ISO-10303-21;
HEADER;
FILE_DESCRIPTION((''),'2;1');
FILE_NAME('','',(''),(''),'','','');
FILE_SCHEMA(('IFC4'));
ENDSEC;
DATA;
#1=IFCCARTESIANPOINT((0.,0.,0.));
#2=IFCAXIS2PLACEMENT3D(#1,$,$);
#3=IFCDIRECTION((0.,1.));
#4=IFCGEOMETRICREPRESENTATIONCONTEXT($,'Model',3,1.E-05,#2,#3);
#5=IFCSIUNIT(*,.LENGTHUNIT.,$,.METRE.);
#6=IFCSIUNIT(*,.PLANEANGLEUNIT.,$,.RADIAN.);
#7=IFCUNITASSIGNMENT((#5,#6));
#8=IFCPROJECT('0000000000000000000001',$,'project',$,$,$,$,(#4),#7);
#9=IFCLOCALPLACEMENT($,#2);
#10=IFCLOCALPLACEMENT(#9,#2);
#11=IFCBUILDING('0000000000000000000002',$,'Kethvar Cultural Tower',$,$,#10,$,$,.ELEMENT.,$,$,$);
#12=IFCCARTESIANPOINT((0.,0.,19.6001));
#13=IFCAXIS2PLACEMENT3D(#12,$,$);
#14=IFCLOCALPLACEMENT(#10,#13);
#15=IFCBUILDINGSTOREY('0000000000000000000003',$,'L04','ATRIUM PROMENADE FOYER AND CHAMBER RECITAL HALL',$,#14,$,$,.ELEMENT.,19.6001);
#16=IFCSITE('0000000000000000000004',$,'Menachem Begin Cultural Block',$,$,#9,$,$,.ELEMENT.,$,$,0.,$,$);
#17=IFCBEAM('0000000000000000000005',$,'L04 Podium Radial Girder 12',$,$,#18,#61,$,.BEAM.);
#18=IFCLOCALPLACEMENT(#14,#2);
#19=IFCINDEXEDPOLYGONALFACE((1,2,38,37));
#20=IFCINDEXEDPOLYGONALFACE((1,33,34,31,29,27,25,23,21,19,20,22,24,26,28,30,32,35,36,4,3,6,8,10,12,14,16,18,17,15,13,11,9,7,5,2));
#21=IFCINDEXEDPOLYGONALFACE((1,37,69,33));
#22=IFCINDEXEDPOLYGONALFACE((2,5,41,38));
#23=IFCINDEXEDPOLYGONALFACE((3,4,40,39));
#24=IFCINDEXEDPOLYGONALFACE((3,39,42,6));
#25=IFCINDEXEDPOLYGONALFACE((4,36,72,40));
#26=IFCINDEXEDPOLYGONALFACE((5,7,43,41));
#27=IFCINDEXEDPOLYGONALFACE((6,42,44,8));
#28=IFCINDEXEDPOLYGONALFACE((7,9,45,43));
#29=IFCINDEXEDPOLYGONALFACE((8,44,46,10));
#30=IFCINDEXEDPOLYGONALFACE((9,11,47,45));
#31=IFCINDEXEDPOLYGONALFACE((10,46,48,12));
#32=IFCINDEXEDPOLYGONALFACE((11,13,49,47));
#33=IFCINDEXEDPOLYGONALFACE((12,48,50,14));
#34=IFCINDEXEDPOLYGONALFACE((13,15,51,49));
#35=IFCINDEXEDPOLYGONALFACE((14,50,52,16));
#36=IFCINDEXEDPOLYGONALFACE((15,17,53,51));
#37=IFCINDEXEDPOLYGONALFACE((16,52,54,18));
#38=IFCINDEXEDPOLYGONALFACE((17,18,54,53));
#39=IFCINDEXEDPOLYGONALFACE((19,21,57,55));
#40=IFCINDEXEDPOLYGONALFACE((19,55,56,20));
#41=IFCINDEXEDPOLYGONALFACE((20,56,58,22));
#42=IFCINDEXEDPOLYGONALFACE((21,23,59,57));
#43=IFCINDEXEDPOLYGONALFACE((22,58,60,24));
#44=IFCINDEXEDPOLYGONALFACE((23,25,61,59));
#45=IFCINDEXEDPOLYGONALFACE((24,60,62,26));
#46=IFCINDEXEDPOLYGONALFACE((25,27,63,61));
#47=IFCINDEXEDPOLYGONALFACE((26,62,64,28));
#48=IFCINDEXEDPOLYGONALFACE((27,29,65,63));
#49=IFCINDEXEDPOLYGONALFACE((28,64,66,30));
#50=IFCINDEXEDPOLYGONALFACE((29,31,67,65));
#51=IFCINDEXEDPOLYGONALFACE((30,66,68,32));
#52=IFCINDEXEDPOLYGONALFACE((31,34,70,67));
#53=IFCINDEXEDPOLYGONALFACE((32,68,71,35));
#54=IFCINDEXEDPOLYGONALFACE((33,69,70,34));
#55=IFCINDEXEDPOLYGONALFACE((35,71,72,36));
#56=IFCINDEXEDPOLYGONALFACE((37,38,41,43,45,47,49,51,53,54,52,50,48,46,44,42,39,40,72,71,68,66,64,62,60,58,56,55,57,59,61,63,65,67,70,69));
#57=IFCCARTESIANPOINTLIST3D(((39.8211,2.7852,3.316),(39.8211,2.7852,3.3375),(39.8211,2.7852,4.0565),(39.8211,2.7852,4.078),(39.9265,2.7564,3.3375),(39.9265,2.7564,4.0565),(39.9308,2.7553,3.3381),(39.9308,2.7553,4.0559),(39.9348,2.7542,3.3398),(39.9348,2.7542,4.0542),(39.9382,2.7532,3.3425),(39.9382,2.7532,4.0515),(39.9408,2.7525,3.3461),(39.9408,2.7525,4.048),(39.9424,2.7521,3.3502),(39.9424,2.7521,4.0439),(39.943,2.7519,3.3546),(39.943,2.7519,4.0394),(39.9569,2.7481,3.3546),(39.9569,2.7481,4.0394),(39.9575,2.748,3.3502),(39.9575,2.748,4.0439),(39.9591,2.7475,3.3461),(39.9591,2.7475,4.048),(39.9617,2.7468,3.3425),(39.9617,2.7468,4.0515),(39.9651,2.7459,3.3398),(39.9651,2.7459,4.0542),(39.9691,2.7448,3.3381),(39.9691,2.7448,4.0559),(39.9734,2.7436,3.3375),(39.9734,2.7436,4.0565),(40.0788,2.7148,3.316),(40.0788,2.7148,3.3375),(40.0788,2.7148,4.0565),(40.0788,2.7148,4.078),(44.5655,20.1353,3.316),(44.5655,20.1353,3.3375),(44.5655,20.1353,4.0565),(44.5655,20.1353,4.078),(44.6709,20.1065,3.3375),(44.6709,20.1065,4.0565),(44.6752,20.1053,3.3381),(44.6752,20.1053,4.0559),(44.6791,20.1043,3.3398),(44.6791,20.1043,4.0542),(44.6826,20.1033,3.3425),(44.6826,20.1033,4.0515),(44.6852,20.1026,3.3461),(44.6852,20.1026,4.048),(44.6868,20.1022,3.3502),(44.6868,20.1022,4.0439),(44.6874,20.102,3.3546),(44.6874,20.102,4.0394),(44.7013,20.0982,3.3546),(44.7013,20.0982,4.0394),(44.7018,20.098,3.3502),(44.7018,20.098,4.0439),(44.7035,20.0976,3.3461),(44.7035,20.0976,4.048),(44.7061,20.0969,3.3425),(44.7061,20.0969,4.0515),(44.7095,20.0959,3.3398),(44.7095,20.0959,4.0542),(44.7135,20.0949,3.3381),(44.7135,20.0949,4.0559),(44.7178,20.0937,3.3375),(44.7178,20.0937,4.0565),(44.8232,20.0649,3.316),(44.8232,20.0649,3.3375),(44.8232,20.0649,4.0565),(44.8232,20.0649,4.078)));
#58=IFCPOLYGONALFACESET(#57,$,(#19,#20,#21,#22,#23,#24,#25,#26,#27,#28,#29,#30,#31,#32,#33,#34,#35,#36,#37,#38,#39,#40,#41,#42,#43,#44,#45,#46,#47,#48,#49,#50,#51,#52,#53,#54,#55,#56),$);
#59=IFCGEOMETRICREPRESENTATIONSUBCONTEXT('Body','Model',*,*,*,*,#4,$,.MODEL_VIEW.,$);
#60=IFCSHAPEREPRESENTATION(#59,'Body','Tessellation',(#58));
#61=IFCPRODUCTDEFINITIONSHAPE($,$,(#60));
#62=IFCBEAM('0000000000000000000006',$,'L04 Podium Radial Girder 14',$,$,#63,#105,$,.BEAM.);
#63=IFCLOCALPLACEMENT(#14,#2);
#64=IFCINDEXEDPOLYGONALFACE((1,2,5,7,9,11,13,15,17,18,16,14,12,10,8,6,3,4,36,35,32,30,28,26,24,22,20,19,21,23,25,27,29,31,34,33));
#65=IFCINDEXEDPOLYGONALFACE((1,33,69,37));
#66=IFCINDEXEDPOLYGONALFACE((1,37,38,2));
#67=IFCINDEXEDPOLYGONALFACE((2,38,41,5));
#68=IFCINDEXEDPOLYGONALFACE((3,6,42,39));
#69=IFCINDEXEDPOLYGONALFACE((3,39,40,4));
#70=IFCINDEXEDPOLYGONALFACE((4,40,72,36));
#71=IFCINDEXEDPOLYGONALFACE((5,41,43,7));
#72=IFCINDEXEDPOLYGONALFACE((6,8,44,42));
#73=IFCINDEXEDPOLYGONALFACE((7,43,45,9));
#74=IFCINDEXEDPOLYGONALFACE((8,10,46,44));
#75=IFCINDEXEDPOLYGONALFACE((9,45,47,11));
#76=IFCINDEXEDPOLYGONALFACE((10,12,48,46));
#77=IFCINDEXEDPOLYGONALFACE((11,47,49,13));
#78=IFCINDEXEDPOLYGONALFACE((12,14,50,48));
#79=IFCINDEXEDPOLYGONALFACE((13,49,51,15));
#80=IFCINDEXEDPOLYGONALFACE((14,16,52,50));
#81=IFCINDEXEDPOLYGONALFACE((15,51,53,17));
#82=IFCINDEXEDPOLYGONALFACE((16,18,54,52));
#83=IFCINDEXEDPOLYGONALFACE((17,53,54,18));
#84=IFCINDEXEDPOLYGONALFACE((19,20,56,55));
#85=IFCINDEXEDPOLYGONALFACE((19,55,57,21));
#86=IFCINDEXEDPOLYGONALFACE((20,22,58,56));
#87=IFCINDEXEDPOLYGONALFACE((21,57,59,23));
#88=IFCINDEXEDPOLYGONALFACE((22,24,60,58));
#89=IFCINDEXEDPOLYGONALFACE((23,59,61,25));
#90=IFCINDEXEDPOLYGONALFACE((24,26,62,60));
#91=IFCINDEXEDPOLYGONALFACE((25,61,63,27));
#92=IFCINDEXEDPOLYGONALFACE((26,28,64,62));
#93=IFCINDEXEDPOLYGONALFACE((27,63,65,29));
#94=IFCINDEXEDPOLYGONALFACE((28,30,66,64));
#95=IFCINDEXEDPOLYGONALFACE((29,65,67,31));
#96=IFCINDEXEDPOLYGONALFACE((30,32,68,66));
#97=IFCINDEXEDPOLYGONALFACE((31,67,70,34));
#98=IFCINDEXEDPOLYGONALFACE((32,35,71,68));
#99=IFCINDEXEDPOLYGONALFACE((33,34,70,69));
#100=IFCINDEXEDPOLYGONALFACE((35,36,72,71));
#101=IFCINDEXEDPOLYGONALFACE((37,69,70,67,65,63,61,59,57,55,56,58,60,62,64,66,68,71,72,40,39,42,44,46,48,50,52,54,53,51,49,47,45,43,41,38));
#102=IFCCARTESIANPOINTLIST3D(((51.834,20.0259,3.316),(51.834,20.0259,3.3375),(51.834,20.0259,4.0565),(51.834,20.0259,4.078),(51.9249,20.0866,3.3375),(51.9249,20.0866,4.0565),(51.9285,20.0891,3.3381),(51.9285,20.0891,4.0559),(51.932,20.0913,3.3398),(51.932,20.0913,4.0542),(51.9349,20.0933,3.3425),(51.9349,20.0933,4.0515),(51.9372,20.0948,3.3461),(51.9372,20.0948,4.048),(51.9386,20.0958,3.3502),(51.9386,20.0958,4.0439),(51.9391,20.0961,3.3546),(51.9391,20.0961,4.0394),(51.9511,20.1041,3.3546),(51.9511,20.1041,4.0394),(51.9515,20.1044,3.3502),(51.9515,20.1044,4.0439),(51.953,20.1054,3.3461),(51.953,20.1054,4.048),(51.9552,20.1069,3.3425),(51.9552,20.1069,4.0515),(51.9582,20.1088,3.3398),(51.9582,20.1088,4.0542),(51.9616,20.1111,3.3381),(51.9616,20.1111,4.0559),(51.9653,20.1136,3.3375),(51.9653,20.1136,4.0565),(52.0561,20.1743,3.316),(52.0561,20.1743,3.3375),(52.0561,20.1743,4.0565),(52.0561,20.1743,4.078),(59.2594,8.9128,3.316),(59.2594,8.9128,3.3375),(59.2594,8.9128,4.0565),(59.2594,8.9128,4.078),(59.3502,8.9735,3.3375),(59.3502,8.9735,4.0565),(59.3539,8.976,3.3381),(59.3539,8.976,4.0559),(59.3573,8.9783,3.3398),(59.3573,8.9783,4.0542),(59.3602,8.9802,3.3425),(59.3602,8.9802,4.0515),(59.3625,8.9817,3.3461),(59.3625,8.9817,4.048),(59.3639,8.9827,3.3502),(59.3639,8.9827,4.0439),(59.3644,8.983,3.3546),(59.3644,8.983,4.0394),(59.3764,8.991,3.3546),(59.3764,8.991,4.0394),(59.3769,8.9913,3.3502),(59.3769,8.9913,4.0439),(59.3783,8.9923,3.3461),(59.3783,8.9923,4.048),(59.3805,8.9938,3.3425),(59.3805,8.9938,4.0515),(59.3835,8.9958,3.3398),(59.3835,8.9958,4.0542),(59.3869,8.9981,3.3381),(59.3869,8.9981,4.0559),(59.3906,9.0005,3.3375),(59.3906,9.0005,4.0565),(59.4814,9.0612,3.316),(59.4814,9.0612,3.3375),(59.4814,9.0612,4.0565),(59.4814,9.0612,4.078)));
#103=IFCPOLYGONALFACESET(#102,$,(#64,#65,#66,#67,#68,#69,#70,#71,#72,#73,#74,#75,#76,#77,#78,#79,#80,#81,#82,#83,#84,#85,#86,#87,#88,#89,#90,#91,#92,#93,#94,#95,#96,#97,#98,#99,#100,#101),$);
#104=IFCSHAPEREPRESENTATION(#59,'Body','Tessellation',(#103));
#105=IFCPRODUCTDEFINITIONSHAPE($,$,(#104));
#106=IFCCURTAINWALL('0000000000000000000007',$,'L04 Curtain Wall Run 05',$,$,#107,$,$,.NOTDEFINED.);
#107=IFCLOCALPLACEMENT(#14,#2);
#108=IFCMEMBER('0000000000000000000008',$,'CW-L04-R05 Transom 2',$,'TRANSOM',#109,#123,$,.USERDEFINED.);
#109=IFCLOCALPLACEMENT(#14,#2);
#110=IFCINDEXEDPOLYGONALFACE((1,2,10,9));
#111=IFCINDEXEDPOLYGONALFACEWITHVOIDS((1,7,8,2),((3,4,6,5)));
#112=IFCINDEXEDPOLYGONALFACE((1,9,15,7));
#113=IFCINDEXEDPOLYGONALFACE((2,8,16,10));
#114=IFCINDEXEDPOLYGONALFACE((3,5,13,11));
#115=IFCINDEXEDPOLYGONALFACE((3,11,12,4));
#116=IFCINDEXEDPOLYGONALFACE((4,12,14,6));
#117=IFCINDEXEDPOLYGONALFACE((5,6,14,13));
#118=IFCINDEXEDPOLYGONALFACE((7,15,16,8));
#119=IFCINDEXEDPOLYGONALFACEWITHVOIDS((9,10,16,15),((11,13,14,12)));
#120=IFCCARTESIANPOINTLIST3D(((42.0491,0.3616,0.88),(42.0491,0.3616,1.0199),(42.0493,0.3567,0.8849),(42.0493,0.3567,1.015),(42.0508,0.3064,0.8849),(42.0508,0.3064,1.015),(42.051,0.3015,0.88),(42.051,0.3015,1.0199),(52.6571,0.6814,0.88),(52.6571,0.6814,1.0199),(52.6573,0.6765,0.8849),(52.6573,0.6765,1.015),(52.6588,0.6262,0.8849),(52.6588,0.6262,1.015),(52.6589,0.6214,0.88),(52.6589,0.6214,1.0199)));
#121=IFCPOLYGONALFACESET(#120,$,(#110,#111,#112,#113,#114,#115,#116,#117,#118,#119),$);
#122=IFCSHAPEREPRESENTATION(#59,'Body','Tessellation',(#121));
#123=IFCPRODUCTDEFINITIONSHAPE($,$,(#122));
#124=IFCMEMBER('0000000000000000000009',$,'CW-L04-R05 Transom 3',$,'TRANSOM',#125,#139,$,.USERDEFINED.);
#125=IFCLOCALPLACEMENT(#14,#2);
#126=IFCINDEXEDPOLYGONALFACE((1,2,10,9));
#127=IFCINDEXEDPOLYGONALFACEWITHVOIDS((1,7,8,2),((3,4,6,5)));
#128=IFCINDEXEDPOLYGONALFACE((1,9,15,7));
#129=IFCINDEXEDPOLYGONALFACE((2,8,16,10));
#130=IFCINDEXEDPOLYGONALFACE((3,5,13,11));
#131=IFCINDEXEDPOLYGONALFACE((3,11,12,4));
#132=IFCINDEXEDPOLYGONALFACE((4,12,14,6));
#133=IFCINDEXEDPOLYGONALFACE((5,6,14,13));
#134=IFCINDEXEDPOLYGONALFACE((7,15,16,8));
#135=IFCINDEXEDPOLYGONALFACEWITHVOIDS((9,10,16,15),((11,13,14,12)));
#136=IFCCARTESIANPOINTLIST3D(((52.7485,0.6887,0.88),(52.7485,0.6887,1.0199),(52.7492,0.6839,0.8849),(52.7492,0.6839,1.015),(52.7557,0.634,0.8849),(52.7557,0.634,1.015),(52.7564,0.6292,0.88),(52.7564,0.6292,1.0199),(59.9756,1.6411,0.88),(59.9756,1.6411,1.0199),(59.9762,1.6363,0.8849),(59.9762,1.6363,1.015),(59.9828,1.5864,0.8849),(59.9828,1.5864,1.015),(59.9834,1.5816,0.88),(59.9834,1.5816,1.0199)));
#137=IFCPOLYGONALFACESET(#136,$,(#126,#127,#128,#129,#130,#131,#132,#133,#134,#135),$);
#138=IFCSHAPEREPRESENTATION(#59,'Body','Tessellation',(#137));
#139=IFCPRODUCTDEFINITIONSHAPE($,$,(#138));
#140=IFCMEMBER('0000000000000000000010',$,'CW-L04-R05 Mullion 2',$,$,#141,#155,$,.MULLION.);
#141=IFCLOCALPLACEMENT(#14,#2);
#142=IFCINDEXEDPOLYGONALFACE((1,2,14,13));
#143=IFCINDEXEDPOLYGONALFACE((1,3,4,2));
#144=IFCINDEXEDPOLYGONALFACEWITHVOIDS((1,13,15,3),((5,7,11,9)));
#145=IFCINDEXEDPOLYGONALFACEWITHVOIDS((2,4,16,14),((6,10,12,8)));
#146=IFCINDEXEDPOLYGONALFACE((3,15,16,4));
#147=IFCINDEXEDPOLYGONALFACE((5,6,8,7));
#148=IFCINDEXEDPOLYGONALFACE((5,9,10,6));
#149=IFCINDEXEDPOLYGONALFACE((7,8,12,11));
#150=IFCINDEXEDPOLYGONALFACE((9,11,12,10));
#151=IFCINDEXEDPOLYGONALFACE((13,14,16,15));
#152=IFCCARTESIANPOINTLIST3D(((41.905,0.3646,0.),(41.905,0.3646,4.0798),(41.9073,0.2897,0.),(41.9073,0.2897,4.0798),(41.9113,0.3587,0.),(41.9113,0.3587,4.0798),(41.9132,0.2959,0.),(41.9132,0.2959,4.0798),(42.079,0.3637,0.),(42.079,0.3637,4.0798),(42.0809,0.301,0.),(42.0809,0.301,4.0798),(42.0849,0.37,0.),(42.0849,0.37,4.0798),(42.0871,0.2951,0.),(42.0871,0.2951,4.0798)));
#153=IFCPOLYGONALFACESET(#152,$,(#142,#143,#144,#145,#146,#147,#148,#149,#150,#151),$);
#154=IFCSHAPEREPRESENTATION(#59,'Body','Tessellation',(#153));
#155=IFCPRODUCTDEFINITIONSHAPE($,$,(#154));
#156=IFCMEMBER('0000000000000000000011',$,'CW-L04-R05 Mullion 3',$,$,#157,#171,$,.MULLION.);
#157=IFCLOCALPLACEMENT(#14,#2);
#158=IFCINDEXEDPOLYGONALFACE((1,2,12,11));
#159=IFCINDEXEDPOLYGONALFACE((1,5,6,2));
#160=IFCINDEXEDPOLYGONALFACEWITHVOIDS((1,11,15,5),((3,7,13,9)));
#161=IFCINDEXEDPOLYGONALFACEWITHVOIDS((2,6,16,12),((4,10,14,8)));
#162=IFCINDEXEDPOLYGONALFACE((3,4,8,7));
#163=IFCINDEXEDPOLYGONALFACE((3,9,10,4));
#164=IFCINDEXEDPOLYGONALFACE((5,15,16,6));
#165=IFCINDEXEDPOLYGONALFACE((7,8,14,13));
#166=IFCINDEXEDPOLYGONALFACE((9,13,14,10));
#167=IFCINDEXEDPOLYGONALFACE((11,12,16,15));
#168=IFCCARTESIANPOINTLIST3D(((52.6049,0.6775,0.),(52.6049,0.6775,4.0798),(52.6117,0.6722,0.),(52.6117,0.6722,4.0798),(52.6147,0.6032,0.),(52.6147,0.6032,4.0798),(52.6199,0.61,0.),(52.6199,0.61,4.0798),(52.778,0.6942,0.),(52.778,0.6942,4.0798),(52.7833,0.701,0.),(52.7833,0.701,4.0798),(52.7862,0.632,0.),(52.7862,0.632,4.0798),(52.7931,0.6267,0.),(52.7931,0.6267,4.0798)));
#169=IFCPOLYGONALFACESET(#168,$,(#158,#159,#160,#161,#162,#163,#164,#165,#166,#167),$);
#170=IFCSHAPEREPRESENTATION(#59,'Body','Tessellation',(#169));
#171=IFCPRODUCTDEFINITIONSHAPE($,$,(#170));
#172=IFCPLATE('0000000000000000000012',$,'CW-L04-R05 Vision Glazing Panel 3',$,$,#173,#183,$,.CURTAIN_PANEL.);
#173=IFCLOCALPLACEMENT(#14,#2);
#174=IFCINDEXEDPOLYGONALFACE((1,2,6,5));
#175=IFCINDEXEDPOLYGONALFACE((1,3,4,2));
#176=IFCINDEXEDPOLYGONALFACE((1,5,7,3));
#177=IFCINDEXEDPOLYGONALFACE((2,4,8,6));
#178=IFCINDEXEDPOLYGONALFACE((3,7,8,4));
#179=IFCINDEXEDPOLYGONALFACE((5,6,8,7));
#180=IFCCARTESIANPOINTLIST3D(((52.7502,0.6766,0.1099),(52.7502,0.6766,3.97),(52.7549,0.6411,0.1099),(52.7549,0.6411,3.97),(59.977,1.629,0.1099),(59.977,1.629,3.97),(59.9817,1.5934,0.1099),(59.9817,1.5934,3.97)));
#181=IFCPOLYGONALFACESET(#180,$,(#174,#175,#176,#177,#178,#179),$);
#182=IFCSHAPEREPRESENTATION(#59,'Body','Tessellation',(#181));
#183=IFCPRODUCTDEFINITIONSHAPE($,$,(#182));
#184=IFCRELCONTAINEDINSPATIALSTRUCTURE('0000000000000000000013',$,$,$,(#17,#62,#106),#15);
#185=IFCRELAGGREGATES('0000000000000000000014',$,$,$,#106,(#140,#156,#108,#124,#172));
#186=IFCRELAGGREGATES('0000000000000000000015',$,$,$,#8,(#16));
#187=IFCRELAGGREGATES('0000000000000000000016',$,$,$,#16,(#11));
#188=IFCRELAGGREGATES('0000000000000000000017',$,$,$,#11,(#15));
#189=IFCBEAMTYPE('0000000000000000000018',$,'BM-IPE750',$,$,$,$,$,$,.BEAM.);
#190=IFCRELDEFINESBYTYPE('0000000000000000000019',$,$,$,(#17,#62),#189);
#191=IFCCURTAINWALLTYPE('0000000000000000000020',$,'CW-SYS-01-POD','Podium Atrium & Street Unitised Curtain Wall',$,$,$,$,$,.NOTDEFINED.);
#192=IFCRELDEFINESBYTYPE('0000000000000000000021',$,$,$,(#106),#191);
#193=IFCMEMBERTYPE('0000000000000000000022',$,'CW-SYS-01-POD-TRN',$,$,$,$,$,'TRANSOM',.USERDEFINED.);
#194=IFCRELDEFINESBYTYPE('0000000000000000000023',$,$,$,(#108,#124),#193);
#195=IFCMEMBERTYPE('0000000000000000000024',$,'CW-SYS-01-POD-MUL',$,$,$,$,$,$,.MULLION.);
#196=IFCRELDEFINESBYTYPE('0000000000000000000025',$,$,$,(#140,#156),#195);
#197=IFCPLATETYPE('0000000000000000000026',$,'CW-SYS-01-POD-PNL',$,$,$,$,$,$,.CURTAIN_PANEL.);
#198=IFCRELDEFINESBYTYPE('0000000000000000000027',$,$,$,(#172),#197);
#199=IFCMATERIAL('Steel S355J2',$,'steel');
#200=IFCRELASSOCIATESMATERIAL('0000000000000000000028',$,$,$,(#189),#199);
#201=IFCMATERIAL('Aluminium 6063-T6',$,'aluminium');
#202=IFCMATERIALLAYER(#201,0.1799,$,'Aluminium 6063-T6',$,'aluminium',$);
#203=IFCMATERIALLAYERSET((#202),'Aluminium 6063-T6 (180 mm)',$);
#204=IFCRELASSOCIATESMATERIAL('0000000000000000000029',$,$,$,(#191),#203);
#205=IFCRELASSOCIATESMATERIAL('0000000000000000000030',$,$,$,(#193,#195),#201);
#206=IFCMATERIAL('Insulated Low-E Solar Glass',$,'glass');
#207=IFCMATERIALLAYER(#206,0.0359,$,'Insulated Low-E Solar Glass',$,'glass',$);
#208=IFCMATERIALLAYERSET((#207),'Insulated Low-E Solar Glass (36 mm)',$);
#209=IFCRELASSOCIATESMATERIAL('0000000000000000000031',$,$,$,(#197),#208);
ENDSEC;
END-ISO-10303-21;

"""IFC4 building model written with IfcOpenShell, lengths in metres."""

from ifc_helpers import new_model, si_unit, direction, frame, origin, origin_2d, place, context, subcontext, project, spatial, rectangle, hollow_rectangle, i_section, extrude, source, transform, mapped, material, layer, layer_set, material_profile, profile_set, type_object, element, aggregate, save


model = new_model("IFC4")

# Units and contexts
model_context = context("Model", 3, precision=1e-05, world=origin(), true_north=direction((0.0, 1.0)))
body_context = subcontext(model_context, "Body", "Model", "MODEL_VIEW")
ifc_project = project(units=[si_unit("LENGTHUNIT", "METRE"), si_unit("PLANEANGLEUNIT", "RADIAN")], contexts=[model_context])

# Site, building, storey
site_placement = place(None, origin())
site = spatial("IfcSite", under=ifc_project, at=site_placement, Name="Menachem Begin Cultural Block", CompositionType="ELEMENT", RefElevation=0.0)
building_placement = place(site_placement, origin())
building = spatial("IfcBuilding", under=site, at=building_placement, Name="Kethvar Cultural Tower", CompositionType="ELEMENT")
storey_placement = place(building_placement, frame((0.0, 0.0, 19.6001)))
storey = spatial("IfcBuildingStorey", under=building, at=storey_placement, Name="L04", Description="ATRIUM PROMENADE FOYER AND CHAMBER RECITAL HALL", CompositionType="ELEMENT", Elevation=19.6001)

# Beams
ifc_material_1 = material(Name="Steel S355J2", Category="steel")
ifc_material_profile_1 = material_profile(ifc_material_1, i_section(OverallWidth=0.2671, OverallDepth=0.762, WebThickness=0.0144, FlangeThickness=0.0215, FilletRadius=0.0171, at=origin_2d()), Name="Steel S355J2 — IPE750x173")
ifc_profile_set_1 = profile_set([ifc_material_profile_1], Name="Steel S355J2 — IPE750x173")
beam_type_1 = type_object("IfcBeamType", Name="BM-IPE750", PredefinedType="BEAM", material=ifc_profile_set_1)
shared_shape_1 = source(origin(), body_context, "Body", "SweptSolid", [
    extrude(i_section(OverallWidth=0.2671, OverallDepth=0.762, WebThickness=0.0144, FlangeThickness=0.0215, FilletRadius=0.0171, at=origin_2d()), origin(), (0.0, 0.0, 1.0), 17.9871),
])
beam_1_placement = place(storey_placement, frame((44.6943, 20.1001, 3.697), z_axis=(-0.263766, -0.964587, 0.0), x_axis=(0.964587, -0.263766, 0.0)))
element("IfcBeam", 1, at=beam_1_placement, inside=storey, type_object=beam_type_1, Name="L04 Podium Radial Girder 12", PredefinedType="BEAM", context=body_context, shape_type="MappedRepresentation", body=[
    mapped(shared_shape_1, transform((0.0, 0.0, 0.0), scale=1.0)),
])
shared_shape_2 = source(origin(), body_context, "Body", "SweptSolid", [
    extrude(i_section(OverallWidth=0.2671, OverallDepth=0.762, WebThickness=0.0144, FlangeThickness=0.0215, FilletRadius=0.0171, at=origin_2d()), origin(), (0.0, 0.0, 1.0), 13.3655),
])
beam_2_placement = place(storey_placement, frame((51.9451, 20.1001, 3.697), z_axis=(0.55556, -0.831477, 0.0), x_axis=(0.831477, 0.55556, 0.0)))
element("IfcBeam", 2, at=beam_2_placement, inside=storey, type_object=beam_type_1, Name="L04 Podium Radial Girder 14", PredefinedType="BEAM", context=body_context, shape_type="MappedRepresentation", body=[
    mapped(shared_shape_2, transform((0.0, 0.0, 0.0), scale=1.0)),
])

# Curtain wall, members, plate
ifc_material_2 = material(Name="Aluminium 6063-T6", Category="aluminium")
ifc_layer_1 = layer(ifc_material_2, 0.1799, Name="Aluminium 6063-T6", Category="aluminium")
ifc_layer_set_1 = layer_set([ifc_layer_1], Name="Aluminium 6063-T6 (180 mm)")
curtain_wall_type = type_object("IfcCurtainWallType", Name="CW-SYS-01-POD", Description="Podium Atrium & Street Unitised Curtain Wall", PredefinedType="NOTDEFINED", material=ifc_layer_set_1)
curtain_wall_placement = place(storey_placement, origin())
curtain_wall = element("IfcCurtainWall", 3, at=curtain_wall_placement, inside=storey, type_object=curtain_wall_type, Name="L04 Curtain Wall Run 05", PredefinedType="NOTDEFINED")
ifc_material_profile_2 = material_profile(ifc_material_2, hollow_rectangle(XDim=0.0601, YDim=0.1399, WallThickness=0.0049, at=origin_2d()), Name="Aluminium 6063-T6 — RHS140x60x5")
ifc_profile_set_2 = profile_set([ifc_material_profile_2], Name="Aluminium 6063-T6 — RHS140x60x5")
member_type_1 = type_object("IfcMemberType", Name="CW-SYS-01-POD-TRN", ElementType="TRANSOM", PredefinedType="USERDEFINED", material=ifc_profile_set_2)
shared_shape_3 = source(origin(), body_context, "Body", "SweptSolid", [
    extrude(hollow_rectangle(XDim=0.0601, YDim=0.1399, WallThickness=0.0049, at=origin_2d()), origin(), (0.0, 0.0, 1.0), 10.6128),
])
member_1_placement = place(storey_placement, frame((42.05, 0.3315, 0.95), z_axis=(0.999546, 0.030136, 0.0), x_axis=(-0.030136, 0.999546, 0.0)))
member_1 = element("IfcMember", 4, at=member_1_placement, type_object=member_type_1, Name="CW-L04-R05 Transom 2", ObjectType="TRANSOM", PredefinedType="USERDEFINED", context=body_context, shape_type="MappedRepresentation", body=[
    mapped(shared_shape_3, transform((0.0, 0.0, 0.0), scale=1.0)),
])
shared_shape_4 = source(origin(), body_context, "Body", "SweptSolid", [
    extrude(hollow_rectangle(XDim=0.0601, YDim=0.1399, WallThickness=0.0049, at=origin_2d()), origin(), (0.0, 0.0, 1.0), 7.2896),
])
member_2_placement = place(storey_placement, frame((52.7524, 0.6589, 0.95), z_axis=(0.991428, 0.130652, 0.0), x_axis=(-0.130652, 0.991428, 0.0)))
member_2 = element("IfcMember", 5, at=member_2_placement, type_object=member_type_1, Name="CW-L04-R05 Transom 3", ObjectType="TRANSOM", PredefinedType="USERDEFINED", context=body_context, shape_type="MappedRepresentation", body=[
    mapped(shared_shape_4, transform((0.0, 0.0, 0.0), scale=1.0)),
])
ifc_material_profile_3 = material_profile(ifc_material_2, hollow_rectangle(XDim=0.075, YDim=0.1799, WallThickness=0.0061, at=origin_2d()), Name="Aluminium 6063-T6 — RHS180x75x6")
ifc_profile_set_3 = profile_set([ifc_material_profile_3], Name="Aluminium 6063-T6 — RHS180x75x6")
member_type_2 = type_object("IfcMemberType", Name="CW-SYS-01-POD-MUL", PredefinedType="MULLION", material=ifc_profile_set_3)
shared_shape_5 = source(origin(), body_context, "Body", "SweptSolid", [
    extrude(hollow_rectangle(XDim=0.075, YDim=0.1799, WallThickness=0.0061, at=origin_2d()), origin(), (0.0, 0.0, 1.0), 4.0798),
])
member_3_placement = place(storey_placement, frame((41.9961, 0.3298, 0.0), z_axis=(0.0, 0.0, 1.0), x_axis=(-0.030137, 0.999546, 0.0)))
member_3 = element("IfcMember", 6, at=member_3_placement, type_object=member_type_2, Name="CW-L04-R05 Mullion 2", PredefinedType="MULLION", context=body_context, shape_type="MappedRepresentation", body=[
    mapped(shared_shape_5, transform((0.0, 0.0, 0.0), scale=1.0)),
])
member_4_placement = place(storey_placement, frame((52.699, 0.6521, 0.0), z_axis=(0.0, 0.0, 1.0), x_axis=(-0.130647, 0.991429, 0.0)))
member_4 = element("IfcMember", 7, at=member_4_placement, type_object=member_type_2, Name="CW-L04-R05 Mullion 3", PredefinedType="MULLION", context=body_context, shape_type="MappedRepresentation", body=[
    mapped(shared_shape_5, transform((0.0, 0.0, 0.0), scale=1.0)),
])
ifc_material_3 = material(Name="Insulated Low-E Solar Glass", Category="glass")
ifc_layer_2 = layer(ifc_material_3, 0.0359, Name="Insulated Low-E Solar Glass", Category="glass")
ifc_layer_set_2 = layer_set([ifc_layer_2], Name="Insulated Low-E Solar Glass (36 mm)")
plate_type = type_object("IfcPlateType", Name="CW-SYS-01-POD-PNL", PredefinedType="CURTAIN_PANEL", material=ifc_layer_set_2)
shared_shape_6 = source(origin(), body_context, "Body", "SweptSolid", [
    extrude(rectangle(XDim=7.2893, YDim=0.0359, at=origin_2d()), origin(), (0.0, 0.0, 1.0), 3.8601),
])
plate_1_placement = place(storey_placement, frame((56.366, 1.135, 0.1099), z_axis=(0.0, 0.0, 1.0), x_axis=(0.991429, 0.130647, 0.0)))
plate_1 = element("IfcPlate", 8, at=plate_1_placement, type_object=plate_type, Name="CW-L04-R05 Vision Glazing Panel 3", PredefinedType="CURTAIN_PANEL", context=body_context, shape_type="MappedRepresentation", body=[
    mapped(shared_shape_6, transform((0.0, 0.0, 0.0), scale=1.0)),
])
aggregate(curtain_wall, [member_3, member_4, member_1, member_2, plate_1])

save(model, "model.ifc")
